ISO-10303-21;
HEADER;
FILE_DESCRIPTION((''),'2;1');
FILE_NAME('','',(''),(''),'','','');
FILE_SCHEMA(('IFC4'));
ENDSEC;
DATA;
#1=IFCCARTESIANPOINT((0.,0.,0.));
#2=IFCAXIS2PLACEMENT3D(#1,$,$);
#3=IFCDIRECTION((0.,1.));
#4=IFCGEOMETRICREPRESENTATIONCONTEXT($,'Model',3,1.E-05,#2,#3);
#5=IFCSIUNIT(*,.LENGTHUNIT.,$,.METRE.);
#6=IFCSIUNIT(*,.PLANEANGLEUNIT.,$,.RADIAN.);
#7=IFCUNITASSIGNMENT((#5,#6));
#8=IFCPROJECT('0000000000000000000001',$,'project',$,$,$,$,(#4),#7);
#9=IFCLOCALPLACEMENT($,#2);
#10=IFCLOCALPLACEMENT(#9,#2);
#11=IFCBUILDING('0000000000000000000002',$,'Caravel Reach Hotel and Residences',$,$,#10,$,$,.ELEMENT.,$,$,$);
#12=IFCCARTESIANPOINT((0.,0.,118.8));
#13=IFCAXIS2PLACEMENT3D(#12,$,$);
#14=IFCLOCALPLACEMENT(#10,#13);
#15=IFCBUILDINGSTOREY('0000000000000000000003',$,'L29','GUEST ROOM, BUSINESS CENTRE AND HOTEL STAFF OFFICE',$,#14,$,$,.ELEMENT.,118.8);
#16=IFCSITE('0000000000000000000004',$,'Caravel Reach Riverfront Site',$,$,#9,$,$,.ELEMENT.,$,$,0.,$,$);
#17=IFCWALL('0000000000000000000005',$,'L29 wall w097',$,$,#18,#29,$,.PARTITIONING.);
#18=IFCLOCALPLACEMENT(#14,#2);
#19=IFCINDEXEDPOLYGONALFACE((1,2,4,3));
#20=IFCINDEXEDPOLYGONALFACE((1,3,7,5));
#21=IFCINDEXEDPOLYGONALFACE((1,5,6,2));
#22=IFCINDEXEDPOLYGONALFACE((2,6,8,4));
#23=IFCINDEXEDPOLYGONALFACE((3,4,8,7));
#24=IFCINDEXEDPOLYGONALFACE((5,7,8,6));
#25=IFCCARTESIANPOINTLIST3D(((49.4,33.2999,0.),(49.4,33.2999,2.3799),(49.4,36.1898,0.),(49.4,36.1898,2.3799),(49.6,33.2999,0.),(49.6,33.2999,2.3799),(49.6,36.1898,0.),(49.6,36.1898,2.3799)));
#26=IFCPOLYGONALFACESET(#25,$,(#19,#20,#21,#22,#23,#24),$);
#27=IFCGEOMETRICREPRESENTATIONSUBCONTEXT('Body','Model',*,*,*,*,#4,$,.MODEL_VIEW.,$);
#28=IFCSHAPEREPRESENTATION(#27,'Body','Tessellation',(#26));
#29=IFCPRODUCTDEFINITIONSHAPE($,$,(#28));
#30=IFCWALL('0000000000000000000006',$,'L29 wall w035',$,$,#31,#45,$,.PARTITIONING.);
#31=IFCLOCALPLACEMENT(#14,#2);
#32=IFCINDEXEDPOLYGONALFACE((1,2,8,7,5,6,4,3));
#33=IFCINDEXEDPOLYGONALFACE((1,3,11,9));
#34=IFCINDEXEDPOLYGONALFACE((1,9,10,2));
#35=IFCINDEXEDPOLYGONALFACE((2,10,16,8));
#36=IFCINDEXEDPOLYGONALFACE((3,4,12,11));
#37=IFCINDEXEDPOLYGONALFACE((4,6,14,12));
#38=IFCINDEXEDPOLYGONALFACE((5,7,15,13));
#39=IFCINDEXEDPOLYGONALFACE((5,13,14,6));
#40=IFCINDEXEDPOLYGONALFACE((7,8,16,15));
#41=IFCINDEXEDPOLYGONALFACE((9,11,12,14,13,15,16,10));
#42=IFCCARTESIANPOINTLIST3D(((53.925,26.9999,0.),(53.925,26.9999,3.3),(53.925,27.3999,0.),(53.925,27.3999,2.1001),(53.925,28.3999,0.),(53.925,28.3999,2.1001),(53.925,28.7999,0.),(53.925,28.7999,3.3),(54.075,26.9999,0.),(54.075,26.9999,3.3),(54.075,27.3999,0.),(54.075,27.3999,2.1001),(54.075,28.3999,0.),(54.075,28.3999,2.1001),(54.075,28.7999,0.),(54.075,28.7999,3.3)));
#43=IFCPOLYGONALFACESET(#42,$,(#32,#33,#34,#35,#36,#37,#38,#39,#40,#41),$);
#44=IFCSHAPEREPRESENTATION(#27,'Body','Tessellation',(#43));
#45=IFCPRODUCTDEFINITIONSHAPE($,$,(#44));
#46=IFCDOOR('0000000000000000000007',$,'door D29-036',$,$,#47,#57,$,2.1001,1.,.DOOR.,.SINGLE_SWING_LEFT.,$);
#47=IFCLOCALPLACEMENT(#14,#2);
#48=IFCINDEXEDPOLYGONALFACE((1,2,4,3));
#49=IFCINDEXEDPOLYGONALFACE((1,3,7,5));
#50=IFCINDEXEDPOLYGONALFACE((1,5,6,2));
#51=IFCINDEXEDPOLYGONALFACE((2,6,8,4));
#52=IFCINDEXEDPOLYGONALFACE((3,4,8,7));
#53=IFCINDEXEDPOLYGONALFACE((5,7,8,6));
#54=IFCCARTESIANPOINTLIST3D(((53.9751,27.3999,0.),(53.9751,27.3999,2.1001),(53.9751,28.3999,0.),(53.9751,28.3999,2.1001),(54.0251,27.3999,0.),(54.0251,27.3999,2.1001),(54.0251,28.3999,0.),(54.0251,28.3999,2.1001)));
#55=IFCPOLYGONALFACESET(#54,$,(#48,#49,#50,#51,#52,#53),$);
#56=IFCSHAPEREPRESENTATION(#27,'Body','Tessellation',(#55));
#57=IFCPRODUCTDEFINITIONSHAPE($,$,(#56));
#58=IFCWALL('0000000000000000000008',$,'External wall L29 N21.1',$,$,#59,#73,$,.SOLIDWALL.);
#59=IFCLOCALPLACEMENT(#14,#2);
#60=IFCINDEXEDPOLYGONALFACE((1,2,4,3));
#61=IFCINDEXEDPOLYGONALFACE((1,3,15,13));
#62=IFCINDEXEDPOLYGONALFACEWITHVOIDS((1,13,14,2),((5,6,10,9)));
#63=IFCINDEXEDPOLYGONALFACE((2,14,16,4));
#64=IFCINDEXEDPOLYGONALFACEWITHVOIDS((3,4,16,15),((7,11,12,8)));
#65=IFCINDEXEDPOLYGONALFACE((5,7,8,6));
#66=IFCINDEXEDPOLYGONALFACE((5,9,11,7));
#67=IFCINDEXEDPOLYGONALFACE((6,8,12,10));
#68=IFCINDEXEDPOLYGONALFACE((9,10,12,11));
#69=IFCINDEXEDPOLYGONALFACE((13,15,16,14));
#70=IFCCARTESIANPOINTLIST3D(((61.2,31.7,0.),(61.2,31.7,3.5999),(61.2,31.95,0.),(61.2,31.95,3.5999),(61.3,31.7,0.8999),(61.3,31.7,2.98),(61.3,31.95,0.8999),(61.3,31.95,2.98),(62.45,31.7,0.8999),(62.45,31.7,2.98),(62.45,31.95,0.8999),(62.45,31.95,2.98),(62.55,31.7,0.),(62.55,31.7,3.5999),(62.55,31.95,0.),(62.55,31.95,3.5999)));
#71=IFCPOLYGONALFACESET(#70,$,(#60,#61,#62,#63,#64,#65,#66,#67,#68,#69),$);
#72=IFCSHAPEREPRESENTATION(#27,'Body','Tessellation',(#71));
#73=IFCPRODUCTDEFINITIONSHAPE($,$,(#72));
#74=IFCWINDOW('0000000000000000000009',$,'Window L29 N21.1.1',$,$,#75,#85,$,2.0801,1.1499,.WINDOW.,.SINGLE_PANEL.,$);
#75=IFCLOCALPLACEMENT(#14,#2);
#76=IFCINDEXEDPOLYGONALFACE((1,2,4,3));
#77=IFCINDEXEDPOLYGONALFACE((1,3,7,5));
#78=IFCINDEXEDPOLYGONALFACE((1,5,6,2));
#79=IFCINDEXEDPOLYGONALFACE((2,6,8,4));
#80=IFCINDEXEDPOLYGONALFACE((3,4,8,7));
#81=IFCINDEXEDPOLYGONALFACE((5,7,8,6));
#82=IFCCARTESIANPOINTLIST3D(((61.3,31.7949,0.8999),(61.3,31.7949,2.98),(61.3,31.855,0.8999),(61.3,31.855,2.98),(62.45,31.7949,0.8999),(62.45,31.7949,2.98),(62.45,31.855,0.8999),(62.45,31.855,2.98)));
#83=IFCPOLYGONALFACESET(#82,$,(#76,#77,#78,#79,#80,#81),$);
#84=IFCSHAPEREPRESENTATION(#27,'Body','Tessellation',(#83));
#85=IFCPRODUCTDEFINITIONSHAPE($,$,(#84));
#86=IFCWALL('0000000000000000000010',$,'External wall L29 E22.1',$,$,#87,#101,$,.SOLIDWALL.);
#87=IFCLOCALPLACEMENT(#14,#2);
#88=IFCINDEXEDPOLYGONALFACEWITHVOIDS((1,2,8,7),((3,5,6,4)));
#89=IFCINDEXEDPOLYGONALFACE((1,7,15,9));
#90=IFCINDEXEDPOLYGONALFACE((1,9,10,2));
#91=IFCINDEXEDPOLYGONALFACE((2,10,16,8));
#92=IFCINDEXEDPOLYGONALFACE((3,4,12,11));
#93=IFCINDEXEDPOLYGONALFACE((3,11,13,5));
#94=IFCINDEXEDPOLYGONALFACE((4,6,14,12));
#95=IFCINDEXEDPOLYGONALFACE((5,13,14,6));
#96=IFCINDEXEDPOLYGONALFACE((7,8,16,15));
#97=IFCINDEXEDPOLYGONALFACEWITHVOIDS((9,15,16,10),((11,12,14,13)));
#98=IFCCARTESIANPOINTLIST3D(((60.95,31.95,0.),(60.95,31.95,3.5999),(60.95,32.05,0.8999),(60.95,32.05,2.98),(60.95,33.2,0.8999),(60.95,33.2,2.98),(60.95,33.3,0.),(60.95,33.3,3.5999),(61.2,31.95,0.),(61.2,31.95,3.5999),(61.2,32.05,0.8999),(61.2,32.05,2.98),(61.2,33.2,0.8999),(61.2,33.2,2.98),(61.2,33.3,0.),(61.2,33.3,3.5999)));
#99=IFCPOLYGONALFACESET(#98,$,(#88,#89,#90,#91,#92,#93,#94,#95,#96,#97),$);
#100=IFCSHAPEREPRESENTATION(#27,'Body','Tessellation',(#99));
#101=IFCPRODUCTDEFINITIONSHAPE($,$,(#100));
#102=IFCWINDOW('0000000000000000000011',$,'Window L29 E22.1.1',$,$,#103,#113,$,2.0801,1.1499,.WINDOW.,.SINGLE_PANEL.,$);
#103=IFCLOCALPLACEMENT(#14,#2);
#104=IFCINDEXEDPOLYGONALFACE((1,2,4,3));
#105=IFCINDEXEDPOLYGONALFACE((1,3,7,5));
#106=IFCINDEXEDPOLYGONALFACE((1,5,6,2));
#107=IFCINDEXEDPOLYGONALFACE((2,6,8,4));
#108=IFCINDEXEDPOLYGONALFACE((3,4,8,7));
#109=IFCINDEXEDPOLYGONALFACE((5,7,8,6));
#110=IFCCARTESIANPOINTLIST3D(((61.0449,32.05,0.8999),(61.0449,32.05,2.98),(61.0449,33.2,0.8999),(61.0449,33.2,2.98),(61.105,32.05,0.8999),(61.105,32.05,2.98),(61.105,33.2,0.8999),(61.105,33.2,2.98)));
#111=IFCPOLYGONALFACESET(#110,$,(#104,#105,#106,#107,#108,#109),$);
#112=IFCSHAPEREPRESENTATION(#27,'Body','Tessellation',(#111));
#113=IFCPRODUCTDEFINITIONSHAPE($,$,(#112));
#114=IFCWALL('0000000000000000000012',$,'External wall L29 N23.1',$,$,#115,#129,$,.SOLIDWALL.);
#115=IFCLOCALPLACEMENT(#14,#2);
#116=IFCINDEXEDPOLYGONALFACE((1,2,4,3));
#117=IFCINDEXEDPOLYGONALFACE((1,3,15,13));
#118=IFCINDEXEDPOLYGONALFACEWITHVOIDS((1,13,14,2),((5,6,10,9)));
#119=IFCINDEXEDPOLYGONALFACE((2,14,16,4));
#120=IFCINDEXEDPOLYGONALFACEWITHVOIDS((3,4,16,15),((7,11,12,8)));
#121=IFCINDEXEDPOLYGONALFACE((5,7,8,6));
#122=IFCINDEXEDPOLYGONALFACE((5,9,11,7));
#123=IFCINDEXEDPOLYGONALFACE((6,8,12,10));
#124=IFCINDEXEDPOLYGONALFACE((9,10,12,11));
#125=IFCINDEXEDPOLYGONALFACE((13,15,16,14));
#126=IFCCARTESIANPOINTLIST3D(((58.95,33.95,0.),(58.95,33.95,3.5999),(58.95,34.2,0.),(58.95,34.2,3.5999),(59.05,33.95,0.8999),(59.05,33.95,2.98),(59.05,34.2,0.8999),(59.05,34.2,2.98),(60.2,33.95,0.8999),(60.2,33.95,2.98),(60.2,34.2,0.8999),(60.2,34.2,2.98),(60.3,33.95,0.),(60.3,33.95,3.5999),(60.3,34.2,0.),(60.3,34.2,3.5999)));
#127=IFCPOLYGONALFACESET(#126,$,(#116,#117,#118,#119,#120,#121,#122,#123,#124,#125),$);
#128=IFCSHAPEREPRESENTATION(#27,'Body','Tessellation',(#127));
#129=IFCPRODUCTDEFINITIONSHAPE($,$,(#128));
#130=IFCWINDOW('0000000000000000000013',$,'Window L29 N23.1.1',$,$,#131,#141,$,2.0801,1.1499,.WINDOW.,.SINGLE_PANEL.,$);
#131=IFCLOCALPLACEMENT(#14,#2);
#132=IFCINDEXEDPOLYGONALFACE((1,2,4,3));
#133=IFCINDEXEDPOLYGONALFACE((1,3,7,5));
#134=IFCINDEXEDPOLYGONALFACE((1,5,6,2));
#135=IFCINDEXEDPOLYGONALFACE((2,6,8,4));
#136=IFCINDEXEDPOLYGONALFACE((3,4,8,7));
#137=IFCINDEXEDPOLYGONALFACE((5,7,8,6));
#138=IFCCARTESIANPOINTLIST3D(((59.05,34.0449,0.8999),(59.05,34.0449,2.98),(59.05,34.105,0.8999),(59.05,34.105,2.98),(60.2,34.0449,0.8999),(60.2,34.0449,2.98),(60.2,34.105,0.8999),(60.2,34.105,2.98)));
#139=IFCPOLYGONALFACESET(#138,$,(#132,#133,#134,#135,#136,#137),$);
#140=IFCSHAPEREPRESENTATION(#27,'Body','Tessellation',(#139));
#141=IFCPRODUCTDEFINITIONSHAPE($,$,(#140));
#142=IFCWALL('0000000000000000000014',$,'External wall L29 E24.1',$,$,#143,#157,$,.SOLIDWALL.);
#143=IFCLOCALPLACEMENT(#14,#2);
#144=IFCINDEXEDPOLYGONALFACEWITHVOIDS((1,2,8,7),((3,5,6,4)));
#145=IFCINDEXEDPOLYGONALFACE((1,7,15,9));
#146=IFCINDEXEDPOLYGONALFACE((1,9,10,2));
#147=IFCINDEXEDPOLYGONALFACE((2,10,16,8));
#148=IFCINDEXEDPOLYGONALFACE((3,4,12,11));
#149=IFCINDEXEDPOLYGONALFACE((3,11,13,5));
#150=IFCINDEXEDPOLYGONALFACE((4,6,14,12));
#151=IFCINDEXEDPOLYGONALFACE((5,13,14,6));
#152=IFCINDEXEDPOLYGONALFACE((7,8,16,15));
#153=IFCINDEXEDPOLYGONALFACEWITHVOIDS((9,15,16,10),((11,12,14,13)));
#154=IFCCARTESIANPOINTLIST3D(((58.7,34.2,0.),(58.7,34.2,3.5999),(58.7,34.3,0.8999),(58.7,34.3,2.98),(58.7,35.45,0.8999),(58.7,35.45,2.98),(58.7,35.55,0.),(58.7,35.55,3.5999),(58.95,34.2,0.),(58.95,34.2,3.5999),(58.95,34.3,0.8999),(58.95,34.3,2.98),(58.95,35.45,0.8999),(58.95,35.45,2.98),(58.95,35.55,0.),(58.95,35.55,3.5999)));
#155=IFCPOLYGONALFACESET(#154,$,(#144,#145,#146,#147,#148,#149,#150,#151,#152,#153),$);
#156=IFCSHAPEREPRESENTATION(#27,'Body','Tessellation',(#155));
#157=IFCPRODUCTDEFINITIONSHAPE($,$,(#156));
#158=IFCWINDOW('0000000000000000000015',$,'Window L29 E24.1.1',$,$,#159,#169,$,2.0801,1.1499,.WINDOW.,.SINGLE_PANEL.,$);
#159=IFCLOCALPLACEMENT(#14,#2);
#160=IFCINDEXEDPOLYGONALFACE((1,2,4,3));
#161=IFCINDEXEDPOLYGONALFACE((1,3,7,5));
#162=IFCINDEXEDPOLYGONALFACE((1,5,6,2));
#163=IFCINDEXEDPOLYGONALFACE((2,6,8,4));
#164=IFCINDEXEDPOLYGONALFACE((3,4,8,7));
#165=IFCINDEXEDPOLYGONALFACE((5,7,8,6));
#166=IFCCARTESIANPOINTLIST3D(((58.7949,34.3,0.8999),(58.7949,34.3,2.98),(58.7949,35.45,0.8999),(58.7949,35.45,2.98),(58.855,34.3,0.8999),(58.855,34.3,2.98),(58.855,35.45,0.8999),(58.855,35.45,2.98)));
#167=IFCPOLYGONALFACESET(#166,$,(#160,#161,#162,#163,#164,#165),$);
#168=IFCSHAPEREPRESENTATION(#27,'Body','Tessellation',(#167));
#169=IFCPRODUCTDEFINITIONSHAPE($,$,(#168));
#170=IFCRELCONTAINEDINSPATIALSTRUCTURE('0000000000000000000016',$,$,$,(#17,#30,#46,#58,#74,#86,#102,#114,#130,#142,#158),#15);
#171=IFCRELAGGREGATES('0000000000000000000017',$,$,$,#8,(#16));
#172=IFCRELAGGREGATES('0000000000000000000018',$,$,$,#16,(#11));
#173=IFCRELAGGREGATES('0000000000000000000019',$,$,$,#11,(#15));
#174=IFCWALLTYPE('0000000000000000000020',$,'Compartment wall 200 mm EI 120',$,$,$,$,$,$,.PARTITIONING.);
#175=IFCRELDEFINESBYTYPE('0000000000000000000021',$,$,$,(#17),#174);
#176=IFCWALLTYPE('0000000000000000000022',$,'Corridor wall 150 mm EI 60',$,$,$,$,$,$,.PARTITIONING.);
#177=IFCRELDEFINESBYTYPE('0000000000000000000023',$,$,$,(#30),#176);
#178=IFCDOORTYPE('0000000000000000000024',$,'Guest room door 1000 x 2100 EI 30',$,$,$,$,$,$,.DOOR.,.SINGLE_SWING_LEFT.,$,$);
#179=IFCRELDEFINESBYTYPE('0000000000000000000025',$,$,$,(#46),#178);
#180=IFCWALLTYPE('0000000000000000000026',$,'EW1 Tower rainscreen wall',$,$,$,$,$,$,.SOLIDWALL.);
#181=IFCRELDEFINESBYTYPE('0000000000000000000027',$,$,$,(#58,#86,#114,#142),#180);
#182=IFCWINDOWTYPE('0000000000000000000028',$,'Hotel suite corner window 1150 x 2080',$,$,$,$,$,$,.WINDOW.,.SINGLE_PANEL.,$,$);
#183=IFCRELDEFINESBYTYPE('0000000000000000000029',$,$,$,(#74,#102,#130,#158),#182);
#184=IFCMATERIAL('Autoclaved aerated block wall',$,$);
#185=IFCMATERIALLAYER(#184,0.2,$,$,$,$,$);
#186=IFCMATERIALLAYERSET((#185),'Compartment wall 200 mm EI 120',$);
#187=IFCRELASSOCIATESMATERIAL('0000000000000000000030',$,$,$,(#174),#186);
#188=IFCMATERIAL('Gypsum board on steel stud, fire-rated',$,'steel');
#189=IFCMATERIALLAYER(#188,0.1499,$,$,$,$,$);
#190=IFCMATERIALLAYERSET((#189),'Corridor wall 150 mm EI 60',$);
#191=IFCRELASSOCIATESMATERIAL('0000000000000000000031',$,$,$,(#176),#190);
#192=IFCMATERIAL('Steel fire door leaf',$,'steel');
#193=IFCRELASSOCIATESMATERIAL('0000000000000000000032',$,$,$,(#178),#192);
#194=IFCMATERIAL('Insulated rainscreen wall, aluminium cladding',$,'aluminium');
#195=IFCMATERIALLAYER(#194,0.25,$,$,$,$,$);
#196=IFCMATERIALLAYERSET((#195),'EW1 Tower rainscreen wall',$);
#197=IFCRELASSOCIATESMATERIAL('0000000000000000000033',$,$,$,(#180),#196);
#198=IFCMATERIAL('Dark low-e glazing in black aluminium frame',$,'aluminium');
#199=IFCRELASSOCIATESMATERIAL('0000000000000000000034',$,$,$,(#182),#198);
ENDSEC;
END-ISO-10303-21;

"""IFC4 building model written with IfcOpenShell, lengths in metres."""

from ifc_helpers import new_model, si_unit, direction, frame, frame_2d, origin, place, context, subcontext, project, spatial, rectangle, extrude, material, layer, layer_set, type_object, element, fill, save


model = new_model("IFC4")

# Units and contexts
model_context = context("Model", 3, precision=1e-05, world=origin(), true_north=direction((0.0, 1.0)))
body_context = subcontext(model_context, "Body", "Model", "MODEL_VIEW")
ifc_project = project(units=[si_unit("LENGTHUNIT", "METRE"), si_unit("PLANEANGLEUNIT", "RADIAN")], contexts=[model_context])

# Site, building, storey
site_placement = place(None, origin())
site = spatial("IfcSite", under=ifc_project, at=site_placement, Name="Caravel Reach Riverfront Site", CompositionType="ELEMENT", RefElevation=0.0)
building_placement = place(site_placement, origin())
building = spatial("IfcBuilding", under=site, at=building_placement, Name="Caravel Reach Hotel and Residences", CompositionType="ELEMENT")
storey_placement = place(building_placement, frame((0.0, 0.0, 118.8)))
storey = spatial("IfcBuildingStorey", under=building, at=storey_placement, Name="L29", Description="GUEST ROOM, BUSINESS CENTRE AND HOTEL STAFF OFFICE", CompositionType="ELEMENT", Elevation=118.8)

# Wall
ifc_material_1 = material(Name="Autoclaved aerated block wall")
ifc_layer_1 = layer(ifc_material_1, 0.2)
ifc_layer_set_1 = layer_set([ifc_layer_1], Name="Compartment wall 200 mm EI 120")
wall_type_1 = type_object("IfcWallType", Name="Compartment wall 200 mm EI 120", PredefinedType="PARTITIONING", material=ifc_layer_set_1)
wall_1_placement = place(storey_placement, frame((49.5, 33.3, 0.0), z_axis=(0.0, 0.0, 1.0), x_axis=(0.0, 1.0, 0.0)))
element("IfcWall", 1, at=wall_1_placement, inside=storey, type_object=wall_type_1, Name="L29 wall w097", PredefinedType="PARTITIONING", context=body_context, shape_type="SweptSolid", body=[
    extrude(rectangle(XDim=2.8899, YDim=0.2, at=frame_2d((1.4448, 0.0))), origin(), (0.0, 0.0, 1.0), 2.3799),
])

# Wall, opening, door
ifc_material_2 = material(Name="Gypsum board on steel stud, fire-rated", Category="steel")
ifc_layer_2 = layer(ifc_material_2, 0.1499)
ifc_layer_set_2 = layer_set([ifc_layer_2], Name="Corridor wall 150 mm EI 60")
wall_type_2 = type_object("IfcWallType", Name="Corridor wall 150 mm EI 60", PredefinedType="PARTITIONING", material=ifc_layer_set_2)
wall_2_placement = place(storey_placement, frame((54.0, 27.0, 0.0), z_axis=(0.0, 0.0, 1.0), x_axis=(0.0, 1.0, 0.0)))
wall_2 = element("IfcWall", 2, at=wall_2_placement, inside=storey, type_object=wall_type_2, Name="L29 wall w035", PredefinedType="PARTITIONING", context=body_context, shape_type="SweptSolid", body=[
    extrude(rectangle(XDim=1.8, YDim=0.1499, at=frame_2d((0.8999, 0.0))), origin(), (0.0, 0.0, 1.0), 3.3),
])
opening_1_placement = place(wall_2_placement, frame((0.3999, 0.0, 0.0)))
opening_1 = element("IfcOpeningElement", 3, at=opening_1_placement, cuts=wall_2, PredefinedType="OPENING", context=body_context, shape_type="SweptSolid", body=[
    extrude(rectangle(XDim=1.0, YDim=2.1001, at=frame_2d((0.5, 1.05))), frame((0.0, 0.085, 0.0), z_axis=(0.0, -1.0, 0.0), x_axis=(1.0, 0.0, 0.0)), (0.0, 0.0, 1.0), 0.1699),
])
ifc_material_3 = material(Name="Steel fire door leaf", Category="steel")
door_type = type_object("IfcDoorType", Name="Guest room door 1000 x 2100 EI 30", OperationType="SINGLE_SWING_LEFT", PredefinedType="DOOR", material=ifc_material_3)
door_placement = place(opening_1_placement, origin())
door = element("IfcDoor", 4, at=door_placement, inside=storey, type_object=door_type, Name="door D29-036", OperationType="SINGLE_SWING_LEFT", OverallHeight=2.1001, OverallWidth=1.0, PredefinedType="DOOR", context=body_context, shape_type="SweptSolid", body=[
    extrude(rectangle(XDim=1.0, YDim=2.1001, at=frame_2d((0.5, 1.05))), frame((0.0, 0.0249, 0.0), z_axis=(0.0, -1.0, 0.0), x_axis=(1.0, 0.0, 0.0)), (0.0, 0.0, 1.0), 0.05),
])
fill(opening_1, door)

# Walls, openings, windows
ifc_material_4 = material(Name="Insulated rainscreen wall, aluminium cladding", Category="aluminium")
ifc_layer_3 = layer(ifc_material_4, 0.25)
ifc_layer_set_3 = layer_set([ifc_layer_3], Name="EW1 Tower rainscreen wall")
wall_type_3 = type_object("IfcWallType", Name="EW1 Tower rainscreen wall", PredefinedType="SOLIDWALL", material=ifc_layer_set_3)
wall_3_placement = place(storey_placement, frame((62.55, 31.825, 0.0), z_axis=(0.0, 0.0, 1.0), x_axis=(-1.0, 0.0, 0.0)))
wall_3 = element("IfcWall", 5, at=wall_3_placement, inside=storey, type_object=wall_type_3, Name="External wall L29 N21.1", PredefinedType="SOLIDWALL", context=body_context, shape_type="SweptSolid", body=[
    extrude(rectangle(XDim=1.3501, YDim=0.25, at=frame_2d((0.675, 0.0))), origin(), (0.0, 0.0, 1.0), 3.5999),
])
opening_2_placement = place(wall_3_placement, frame((0.1001, 0.0, 0.8999)))
opening_2 = element("IfcOpeningElement", 6, at=opening_2_placement, cuts=wall_3, PredefinedType="OPENING", context=body_context, shape_type="SweptSolid", body=[
    extrude(rectangle(XDim=1.1499, YDim=2.0801, at=frame_2d((0.575, 1.04))), frame((0.0, 0.135, 0.0), z_axis=(0.0, -1.0, 0.0), x_axis=(1.0, 0.0, 0.0)), (0.0, 0.0, 1.0), 0.27),
])
ifc_material_5 = material(Name="Dark low-e glazing in black aluminium frame", Category="aluminium")
window_type_1 = type_object("IfcWindowType", Name="Hotel suite corner window 1150 x 2080", PartitioningType="SINGLE_PANEL", PredefinedType="WINDOW", material=ifc_material_5)
window_1_placement = place(opening_2_placement, origin())
window_1 = element("IfcWindow", 7, at=window_1_placement, inside=storey, type_object=window_type_1, Name="Window L29 N21.1.1", OverallHeight=2.0801, OverallWidth=1.1499, PartitioningType="SINGLE_PANEL", PredefinedType="WINDOW", context=body_context, shape_type="SweptSolid", body=[
    extrude(rectangle(XDim=1.1499, YDim=2.0801, at=frame_2d((0.575, 1.04))), frame((0.0, 0.03, 0.0), z_axis=(0.0, -1.0, 0.0), x_axis=(1.0, 0.0, 0.0)), (0.0, 0.0, 1.0), 0.0601),
])
fill(opening_2, window_1)
wall_4_placement = place(storey_placement, frame((61.075, 31.95, 0.0), z_axis=(0.0, 0.0, 1.0), x_axis=(0.0, 1.0, 0.0)))
wall_4 = element("IfcWall", 8, at=wall_4_placement, inside=storey, type_object=wall_type_3, Name="External wall L29 E22.1", PredefinedType="SOLIDWALL", context=body_context, shape_type="SweptSolid", body=[
    extrude(rectangle(XDim=1.3501, YDim=0.25, at=frame_2d((0.675, 0.0))), origin(), (0.0, 0.0, 1.0), 3.5999),
])
opening_3_placement = place(wall_4_placement, frame((0.1001, 0.0, 0.8999)))
opening_3 = element("IfcOpeningElement", 9, at=opening_3_placement, cuts=wall_4, PredefinedType="OPENING", context=body_context, shape_type="SweptSolid", body=[
    extrude(rectangle(XDim=1.1499, YDim=2.0801, at=frame_2d((0.575, 1.04))), frame((0.0, 0.135, 0.0), z_axis=(0.0, -1.0, 0.0), x_axis=(1.0, 0.0, 0.0)), (0.0, 0.0, 1.0), 0.27),
])
window_2_placement = place(opening_3_placement, origin())
window_2 = element("IfcWindow", 10, at=window_2_placement, inside=storey, type_object=window_type_1, Name="Window L29 E22.1.1", OverallHeight=2.0801, OverallWidth=1.1499, PartitioningType="SINGLE_PANEL", PredefinedType="WINDOW", context=body_context, shape_type="SweptSolid", body=[
    extrude(rectangle(XDim=1.1499, YDim=2.0801, at=frame_2d((0.575, 1.04))), frame((0.0, 0.03, 0.0), z_axis=(0.0, -1.0, 0.0), x_axis=(1.0, 0.0, 0.0)), (0.0, 0.0, 1.0), 0.0601),
])
fill(opening_3, window_2)
wall_5_placement = place(storey_placement, frame((60.3, 34.075, 0.0), z_axis=(0.0, 0.0, 1.0), x_axis=(-1.0, 0.0, 0.0)))
wall_5 = element("IfcWall", 11, at=wall_5_placement, inside=storey, type_object=wall_type_3, Name="External wall L29 N23.1", PredefinedType="SOLIDWALL", context=body_context, shape_type="SweptSolid", body=[
    extrude(rectangle(XDim=1.3501, YDim=0.25, at=frame_2d((0.675, 0.0))), origin(), (0.0, 0.0, 1.0), 3.5999),
])
opening_4_placement = place(wall_5_placement, frame((0.1001, 0.0, 0.8999)))
opening_4 = element("IfcOpeningElement", 12, at=opening_4_placement, cuts=wall_5, PredefinedType="OPENING", context=body_context, shape_type="SweptSolid", body=[
    extrude(rectangle(XDim=1.1499, YDim=2.0801, at=frame_2d((0.575, 1.04))), frame((0.0, 0.135, 0.0), z_axis=(0.0, -1.0, 0.0), x_axis=(1.0, 0.0, 0.0)), (0.0, 0.0, 1.0), 0.27),
])
window_3_placement = place(opening_4_placement, origin())
window_3 = element("IfcWindow", 13, at=window_3_placement, inside=storey, type_object=window_type_1, Name="Window L29 N23.1.1", OverallHeight=2.0801, OverallWidth=1.1499, PartitioningType="SINGLE_PANEL", PredefinedType="WINDOW", context=body_context, shape_type="SweptSolid", body=[
    extrude(rectangle(XDim=1.1499, YDim=2.0801, at=frame_2d((0.575, 1.04))), frame((0.0, 0.03, 0.0), z_axis=(0.0, -1.0, 0.0), x_axis=(1.0, 0.0, 0.0)), (0.0, 0.0, 1.0), 0.0601),
])
fill(opening_4, window_3)
wall_6_placement = place(storey_placement, frame((58.825, 34.2, 0.0), z_axis=(0.0, 0.0, 1.0), x_axis=(0.0, 1.0, 0.0)))
wall_6 = element("IfcWall", 14, at=wall_6_placement, inside=storey, type_object=wall_type_3, Name="External wall L29 E24.1", PredefinedType="SOLIDWALL", context=body_context, shape_type="SweptSolid", body=[
    extrude(rectangle(XDim=1.3501, YDim=0.25, at=frame_2d((0.675, 0.0))), origin(), (0.0, 0.0, 1.0), 3.5999),
])
opening_5_placement = place(wall_6_placement, frame((0.1001, 0.0, 0.8999)))
opening_5 = element("IfcOpeningElement", 15, at=opening_5_placement, cuts=wall_6, PredefinedType="OPENING", context=body_context, shape_type="SweptSolid", body=[
    extrude(rectangle(XDim=1.1499, YDim=2.0801, at=frame_2d((0.575, 1.04))), frame((0.0, 0.135, 0.0), z_axis=(0.0, -1.0, 0.0), x_axis=(1.0, 0.0, 0.0)), (0.0, 0.0, 1.0), 0.27),
])
window_4_placement = place(opening_5_placement, origin())
window_4 = element("IfcWindow", 16, at=window_4_placement, inside=storey, type_object=window_type_1, Name="Window L29 E24.1.1", OverallHeight=2.0801, OverallWidth=1.1499, PartitioningType="SINGLE_PANEL", PredefinedType="WINDOW", context=body_context, shape_type="SweptSolid", body=[
    extrude(rectangle(XDim=1.1499, YDim=2.0801, at=frame_2d((0.575, 1.04))), frame((0.0, 0.03, 0.0), z_axis=(0.0, -1.0, 0.0), x_axis=(1.0, 0.0, 0.0)), (0.0, 0.0, 1.0), 0.0601),
])
fill(opening_5, window_4)

save(model, "model.ifc")
